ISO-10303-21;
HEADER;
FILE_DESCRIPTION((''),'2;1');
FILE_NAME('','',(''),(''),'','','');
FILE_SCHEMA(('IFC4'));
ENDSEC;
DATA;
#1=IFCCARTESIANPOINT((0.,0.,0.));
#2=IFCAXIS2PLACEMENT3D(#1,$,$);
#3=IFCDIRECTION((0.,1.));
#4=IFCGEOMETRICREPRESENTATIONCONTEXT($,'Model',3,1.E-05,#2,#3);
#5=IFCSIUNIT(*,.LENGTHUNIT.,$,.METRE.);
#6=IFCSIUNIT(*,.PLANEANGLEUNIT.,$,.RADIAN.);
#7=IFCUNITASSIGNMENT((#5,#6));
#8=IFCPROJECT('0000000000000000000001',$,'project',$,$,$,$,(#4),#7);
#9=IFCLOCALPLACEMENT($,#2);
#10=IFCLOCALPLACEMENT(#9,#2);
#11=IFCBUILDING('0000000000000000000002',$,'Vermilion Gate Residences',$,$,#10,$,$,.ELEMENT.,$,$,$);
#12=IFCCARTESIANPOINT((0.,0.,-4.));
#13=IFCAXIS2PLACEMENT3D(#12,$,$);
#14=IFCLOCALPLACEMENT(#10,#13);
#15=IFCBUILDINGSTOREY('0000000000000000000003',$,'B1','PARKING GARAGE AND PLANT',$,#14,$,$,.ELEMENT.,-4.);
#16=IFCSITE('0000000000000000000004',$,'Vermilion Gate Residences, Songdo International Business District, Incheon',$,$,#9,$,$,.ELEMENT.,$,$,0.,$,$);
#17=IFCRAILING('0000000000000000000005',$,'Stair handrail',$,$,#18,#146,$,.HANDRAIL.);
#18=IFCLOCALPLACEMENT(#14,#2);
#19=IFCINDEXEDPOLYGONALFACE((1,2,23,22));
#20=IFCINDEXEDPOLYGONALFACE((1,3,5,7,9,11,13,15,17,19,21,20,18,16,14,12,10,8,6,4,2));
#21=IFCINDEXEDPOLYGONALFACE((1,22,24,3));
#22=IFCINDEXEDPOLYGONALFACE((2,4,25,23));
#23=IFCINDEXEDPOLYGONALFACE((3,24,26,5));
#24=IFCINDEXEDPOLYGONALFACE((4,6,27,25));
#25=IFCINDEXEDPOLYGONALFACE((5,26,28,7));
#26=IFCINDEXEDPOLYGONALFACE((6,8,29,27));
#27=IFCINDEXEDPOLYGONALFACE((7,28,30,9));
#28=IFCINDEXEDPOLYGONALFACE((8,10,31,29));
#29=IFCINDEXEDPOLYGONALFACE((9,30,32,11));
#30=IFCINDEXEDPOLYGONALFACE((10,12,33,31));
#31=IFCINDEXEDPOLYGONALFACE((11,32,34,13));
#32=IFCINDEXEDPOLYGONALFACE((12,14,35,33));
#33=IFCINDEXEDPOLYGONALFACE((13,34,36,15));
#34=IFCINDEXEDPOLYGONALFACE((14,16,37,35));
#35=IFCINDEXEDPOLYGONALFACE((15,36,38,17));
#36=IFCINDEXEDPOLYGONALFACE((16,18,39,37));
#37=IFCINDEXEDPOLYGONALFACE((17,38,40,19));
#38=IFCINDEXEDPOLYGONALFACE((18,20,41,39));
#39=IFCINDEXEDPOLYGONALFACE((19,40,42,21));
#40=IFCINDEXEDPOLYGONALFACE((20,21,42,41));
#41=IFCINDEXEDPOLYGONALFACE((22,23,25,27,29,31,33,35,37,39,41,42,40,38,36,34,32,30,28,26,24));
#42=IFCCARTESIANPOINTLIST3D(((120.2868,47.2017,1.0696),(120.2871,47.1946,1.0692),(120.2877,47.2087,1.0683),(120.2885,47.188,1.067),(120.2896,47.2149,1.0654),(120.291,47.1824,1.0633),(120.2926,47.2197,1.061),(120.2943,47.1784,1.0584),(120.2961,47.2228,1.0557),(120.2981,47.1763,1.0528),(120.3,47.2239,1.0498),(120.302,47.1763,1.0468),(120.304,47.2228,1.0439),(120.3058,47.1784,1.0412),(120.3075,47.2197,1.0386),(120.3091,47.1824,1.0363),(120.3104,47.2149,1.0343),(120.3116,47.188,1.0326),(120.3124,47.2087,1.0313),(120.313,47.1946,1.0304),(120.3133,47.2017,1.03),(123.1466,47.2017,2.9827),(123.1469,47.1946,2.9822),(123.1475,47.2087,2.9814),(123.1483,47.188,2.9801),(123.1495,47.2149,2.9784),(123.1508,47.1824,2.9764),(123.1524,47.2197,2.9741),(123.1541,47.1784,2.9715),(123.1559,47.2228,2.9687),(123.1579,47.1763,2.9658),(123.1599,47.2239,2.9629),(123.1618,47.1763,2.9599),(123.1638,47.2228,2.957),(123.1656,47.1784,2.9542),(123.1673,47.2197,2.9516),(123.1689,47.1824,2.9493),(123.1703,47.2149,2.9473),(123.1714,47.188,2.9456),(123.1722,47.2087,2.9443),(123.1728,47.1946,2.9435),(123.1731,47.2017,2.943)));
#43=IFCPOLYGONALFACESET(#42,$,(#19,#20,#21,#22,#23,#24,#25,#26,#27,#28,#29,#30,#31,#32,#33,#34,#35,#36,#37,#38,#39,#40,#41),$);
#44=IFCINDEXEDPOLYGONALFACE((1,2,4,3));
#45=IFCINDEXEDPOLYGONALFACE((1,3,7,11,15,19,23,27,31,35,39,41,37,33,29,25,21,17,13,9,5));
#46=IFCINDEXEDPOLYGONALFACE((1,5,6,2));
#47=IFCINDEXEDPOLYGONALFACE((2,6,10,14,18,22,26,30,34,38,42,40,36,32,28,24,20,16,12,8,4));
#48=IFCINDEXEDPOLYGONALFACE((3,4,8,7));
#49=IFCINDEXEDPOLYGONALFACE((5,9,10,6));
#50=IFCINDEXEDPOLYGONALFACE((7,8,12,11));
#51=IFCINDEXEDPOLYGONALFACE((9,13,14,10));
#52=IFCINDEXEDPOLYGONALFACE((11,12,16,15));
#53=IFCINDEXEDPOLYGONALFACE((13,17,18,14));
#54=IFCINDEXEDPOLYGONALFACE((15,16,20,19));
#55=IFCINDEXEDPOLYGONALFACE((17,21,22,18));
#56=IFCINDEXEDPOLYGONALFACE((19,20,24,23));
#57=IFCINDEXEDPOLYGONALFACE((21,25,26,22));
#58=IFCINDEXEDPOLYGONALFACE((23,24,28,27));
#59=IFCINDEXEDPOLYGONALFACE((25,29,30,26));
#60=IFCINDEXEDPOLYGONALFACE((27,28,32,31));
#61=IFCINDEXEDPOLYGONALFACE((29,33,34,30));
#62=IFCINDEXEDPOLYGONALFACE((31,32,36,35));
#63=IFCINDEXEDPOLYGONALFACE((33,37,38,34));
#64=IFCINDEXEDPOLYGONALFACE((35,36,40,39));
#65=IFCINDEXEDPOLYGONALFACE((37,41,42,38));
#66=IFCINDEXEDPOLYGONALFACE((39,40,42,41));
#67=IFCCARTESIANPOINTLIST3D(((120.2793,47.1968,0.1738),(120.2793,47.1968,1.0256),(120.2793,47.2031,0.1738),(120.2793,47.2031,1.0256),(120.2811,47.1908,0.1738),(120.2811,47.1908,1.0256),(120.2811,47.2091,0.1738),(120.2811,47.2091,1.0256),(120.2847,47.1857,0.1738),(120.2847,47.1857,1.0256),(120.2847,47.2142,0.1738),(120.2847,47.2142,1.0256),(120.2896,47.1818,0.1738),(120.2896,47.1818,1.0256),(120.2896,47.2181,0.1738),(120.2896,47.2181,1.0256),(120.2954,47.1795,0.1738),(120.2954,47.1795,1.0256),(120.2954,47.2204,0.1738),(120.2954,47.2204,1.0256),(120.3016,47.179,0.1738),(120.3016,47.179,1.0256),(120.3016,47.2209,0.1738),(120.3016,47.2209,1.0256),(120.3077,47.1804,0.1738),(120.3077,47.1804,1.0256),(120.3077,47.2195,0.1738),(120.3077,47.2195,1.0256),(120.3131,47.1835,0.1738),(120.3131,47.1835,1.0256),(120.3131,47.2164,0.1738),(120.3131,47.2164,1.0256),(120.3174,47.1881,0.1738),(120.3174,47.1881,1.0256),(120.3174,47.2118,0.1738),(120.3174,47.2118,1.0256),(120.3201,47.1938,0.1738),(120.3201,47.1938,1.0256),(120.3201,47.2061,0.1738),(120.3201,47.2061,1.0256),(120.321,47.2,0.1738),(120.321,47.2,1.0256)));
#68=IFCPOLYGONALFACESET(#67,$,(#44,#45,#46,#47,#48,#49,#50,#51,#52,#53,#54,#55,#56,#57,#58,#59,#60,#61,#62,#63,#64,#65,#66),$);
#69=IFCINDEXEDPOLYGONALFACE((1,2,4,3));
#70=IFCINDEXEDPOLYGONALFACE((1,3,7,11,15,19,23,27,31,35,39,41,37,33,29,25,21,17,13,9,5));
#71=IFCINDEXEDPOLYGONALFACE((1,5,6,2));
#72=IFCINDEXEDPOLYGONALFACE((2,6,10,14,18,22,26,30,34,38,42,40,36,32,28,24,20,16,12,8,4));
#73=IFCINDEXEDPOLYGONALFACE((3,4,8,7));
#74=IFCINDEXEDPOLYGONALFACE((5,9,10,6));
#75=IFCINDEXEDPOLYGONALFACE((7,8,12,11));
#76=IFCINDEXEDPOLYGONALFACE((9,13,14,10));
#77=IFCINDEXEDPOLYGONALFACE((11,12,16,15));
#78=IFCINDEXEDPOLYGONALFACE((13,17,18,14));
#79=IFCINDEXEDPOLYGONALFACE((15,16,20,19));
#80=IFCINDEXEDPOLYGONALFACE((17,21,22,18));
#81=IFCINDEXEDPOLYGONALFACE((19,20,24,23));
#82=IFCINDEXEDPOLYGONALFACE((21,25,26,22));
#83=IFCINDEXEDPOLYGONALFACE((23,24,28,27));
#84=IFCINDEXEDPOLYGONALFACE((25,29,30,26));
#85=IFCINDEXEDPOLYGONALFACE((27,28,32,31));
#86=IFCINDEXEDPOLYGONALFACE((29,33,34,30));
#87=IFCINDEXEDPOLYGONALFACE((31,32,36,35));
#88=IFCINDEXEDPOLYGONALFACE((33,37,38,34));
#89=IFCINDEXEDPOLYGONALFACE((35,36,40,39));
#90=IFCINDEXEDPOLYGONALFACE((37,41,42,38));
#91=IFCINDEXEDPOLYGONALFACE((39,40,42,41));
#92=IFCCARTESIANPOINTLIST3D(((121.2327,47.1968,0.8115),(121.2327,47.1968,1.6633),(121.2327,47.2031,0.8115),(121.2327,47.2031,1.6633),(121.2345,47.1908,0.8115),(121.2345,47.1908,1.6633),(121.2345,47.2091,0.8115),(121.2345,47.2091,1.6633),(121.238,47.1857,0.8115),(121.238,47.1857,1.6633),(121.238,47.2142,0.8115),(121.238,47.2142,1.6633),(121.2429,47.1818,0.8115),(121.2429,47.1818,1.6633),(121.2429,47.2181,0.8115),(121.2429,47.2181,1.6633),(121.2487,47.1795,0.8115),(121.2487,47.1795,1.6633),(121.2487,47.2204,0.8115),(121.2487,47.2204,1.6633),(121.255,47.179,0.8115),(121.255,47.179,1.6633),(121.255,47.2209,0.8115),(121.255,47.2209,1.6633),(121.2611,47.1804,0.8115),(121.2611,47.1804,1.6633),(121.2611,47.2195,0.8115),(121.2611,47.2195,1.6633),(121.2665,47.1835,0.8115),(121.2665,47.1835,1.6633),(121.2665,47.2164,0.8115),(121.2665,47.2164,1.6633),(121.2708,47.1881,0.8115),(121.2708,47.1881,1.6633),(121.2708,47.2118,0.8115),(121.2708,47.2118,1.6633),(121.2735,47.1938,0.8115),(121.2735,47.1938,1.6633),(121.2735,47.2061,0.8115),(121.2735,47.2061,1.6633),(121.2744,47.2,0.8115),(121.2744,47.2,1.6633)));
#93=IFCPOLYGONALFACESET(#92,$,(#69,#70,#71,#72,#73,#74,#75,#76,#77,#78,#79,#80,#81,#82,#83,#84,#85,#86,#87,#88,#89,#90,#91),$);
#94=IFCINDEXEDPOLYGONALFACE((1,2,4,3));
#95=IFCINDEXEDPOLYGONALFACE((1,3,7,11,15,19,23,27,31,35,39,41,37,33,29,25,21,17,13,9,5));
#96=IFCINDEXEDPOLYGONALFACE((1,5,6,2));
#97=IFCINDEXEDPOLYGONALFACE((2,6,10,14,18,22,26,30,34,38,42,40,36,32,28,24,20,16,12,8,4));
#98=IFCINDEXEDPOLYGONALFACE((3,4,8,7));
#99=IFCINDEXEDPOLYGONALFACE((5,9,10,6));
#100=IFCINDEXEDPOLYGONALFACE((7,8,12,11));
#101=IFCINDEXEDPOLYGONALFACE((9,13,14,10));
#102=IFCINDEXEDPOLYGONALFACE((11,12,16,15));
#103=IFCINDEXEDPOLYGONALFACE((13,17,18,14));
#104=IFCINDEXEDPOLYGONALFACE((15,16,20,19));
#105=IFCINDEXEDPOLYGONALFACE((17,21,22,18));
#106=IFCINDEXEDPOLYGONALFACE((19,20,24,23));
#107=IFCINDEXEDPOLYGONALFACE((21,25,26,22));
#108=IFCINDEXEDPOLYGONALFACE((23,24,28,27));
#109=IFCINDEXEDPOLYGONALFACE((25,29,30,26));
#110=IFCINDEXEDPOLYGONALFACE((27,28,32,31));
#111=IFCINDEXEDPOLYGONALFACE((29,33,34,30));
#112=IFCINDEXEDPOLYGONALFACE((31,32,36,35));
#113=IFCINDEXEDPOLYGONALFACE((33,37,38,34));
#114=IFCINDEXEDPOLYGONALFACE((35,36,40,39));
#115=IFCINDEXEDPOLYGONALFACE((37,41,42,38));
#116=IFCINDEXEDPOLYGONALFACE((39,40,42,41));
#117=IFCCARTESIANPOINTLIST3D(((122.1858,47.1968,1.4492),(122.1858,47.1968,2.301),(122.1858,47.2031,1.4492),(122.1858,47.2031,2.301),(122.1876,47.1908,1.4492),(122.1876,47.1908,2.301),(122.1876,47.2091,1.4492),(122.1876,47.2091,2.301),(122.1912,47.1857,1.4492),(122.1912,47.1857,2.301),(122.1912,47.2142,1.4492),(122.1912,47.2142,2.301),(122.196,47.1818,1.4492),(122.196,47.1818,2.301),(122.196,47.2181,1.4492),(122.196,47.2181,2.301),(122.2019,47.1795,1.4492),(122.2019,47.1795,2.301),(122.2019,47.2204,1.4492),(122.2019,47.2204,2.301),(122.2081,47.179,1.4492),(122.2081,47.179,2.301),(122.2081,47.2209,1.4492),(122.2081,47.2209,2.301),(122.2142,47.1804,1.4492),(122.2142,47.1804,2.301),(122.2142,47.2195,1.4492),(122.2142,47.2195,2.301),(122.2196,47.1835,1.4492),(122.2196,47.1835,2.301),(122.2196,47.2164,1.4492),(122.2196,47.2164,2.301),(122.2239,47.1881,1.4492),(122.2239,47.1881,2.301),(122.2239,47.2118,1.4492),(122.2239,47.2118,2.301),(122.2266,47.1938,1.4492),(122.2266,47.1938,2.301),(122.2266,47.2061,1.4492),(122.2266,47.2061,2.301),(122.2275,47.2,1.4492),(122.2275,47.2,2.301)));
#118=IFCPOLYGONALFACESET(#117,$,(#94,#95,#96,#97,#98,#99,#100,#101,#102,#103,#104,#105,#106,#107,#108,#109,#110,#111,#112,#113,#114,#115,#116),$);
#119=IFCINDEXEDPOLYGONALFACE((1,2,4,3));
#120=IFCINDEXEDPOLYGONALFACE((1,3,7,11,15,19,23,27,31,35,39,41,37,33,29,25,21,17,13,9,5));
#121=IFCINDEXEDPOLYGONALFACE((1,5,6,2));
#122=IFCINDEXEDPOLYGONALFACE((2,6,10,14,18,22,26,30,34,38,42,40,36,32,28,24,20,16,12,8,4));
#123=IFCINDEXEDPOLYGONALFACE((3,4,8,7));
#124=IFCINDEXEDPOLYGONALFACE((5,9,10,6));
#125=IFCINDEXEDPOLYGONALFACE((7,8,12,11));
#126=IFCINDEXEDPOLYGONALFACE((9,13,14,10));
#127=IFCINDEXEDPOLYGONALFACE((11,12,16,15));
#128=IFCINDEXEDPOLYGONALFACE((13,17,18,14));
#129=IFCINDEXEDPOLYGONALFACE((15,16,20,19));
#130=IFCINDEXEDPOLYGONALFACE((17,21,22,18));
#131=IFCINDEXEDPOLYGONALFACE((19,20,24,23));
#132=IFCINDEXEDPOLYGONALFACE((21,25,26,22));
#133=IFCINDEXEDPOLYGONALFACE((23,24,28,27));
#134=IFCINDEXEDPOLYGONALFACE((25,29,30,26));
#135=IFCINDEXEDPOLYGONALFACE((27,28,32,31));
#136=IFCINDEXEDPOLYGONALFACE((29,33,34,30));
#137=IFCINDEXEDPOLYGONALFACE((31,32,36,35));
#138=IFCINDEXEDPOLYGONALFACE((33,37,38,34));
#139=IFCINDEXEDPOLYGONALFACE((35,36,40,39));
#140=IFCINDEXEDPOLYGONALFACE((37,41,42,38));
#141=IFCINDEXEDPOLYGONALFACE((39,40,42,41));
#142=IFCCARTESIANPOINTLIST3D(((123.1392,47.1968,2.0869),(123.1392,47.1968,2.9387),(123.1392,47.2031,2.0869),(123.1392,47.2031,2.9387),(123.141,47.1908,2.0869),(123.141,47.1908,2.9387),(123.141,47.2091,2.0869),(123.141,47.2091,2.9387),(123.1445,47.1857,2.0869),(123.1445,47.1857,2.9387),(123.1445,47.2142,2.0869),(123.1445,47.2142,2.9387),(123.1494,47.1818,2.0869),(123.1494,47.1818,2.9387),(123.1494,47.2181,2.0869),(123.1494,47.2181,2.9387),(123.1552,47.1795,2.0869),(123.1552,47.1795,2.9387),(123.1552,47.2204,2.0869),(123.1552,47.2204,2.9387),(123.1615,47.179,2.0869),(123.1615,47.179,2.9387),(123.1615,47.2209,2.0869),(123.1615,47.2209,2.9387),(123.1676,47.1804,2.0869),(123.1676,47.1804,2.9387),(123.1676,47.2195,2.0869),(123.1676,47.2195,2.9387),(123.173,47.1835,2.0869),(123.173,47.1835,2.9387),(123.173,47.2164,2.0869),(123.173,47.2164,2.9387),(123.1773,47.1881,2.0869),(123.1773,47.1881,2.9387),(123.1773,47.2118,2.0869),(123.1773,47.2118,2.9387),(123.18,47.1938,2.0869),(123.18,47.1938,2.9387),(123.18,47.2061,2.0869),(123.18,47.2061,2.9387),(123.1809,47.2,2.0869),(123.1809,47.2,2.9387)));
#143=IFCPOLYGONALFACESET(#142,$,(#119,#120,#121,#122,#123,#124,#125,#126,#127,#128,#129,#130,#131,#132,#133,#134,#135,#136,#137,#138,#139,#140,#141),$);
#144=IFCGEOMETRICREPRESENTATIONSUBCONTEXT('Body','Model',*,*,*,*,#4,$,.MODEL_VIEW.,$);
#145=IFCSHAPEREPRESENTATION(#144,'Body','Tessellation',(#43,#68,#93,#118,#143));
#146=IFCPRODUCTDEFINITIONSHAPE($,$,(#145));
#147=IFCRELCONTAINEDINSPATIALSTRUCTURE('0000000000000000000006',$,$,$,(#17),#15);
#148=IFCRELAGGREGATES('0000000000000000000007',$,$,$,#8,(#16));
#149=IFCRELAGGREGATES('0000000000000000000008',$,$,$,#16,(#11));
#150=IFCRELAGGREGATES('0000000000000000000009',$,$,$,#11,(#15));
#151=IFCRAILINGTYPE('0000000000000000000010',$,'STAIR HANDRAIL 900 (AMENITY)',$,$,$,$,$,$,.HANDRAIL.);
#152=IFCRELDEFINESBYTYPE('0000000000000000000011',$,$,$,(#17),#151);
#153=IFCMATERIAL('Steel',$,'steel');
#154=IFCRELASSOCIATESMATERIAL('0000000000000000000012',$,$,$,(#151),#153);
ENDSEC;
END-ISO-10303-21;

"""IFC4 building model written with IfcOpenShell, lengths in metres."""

from ifc_helpers import new_model, si_unit, direction, frame, origin, origin_2d, place, context, subcontext, project, spatial, circle, extrude, material, type_object, element, save


model = new_model("IFC4")

# Units and contexts
model_context = context("Model", 3, precision=1e-05, world=origin(), true_north=direction((0.0, 1.0)))
body_context = subcontext(model_context, "Body", "Model", "MODEL_VIEW")
ifc_project = project(units=[si_unit("LENGTHUNIT", "METRE"), si_unit("PLANEANGLEUNIT", "RADIAN")], contexts=[model_context])

# Site, building, storey
site_placement = place(None, origin())
site = spatial("IfcSite", under=ifc_project, at=site_placement, Name="Vermilion Gate Residences, Songdo International Business District, Incheon", CompositionType="ELEMENT", RefElevation=0.0)
building_placement = place(site_placement, origin())
building = spatial("IfcBuilding", under=site, at=building_placement, Name="Vermilion Gate Residences", CompositionType="ELEMENT")
storey_placement = place(building_placement, frame((0.0, 0.0, -4.0)))
storey = spatial("IfcBuildingStorey", under=building, at=storey_placement, Name="B1", Description="PARKING GARAGE AND PLANT", CompositionType="ELEMENT", Elevation=-4.0)

# Railing
ifc_material_1 = material(Name="Steel", Category="steel")
railing_type = type_object("IfcRailingType", Name="STAIR HANDRAIL 900 (AMENITY)", PredefinedType="HANDRAIL", material=ifc_material_1)
railing_1_placement = place(storey_placement, frame((120.3, 47.2, 0.1738)))
element("IfcRailing", 1, at=railing_1_placement, inside=storey, type_object=railing_type, Name="Stair handrail", PredefinedType="HANDRAIL", context=body_context, shape_type="SweptSolid", body=[
    extrude(circle(Radius=0.0239, at=origin_2d()), frame((0.0, 0.0, 0.876), z_axis=(0.831176, 0.0, 0.556009), x_axis=(0.0, 1.0, 0.0)), (0.0, 0.0, 1.0), 3.4407),
    extrude(circle(Radius=0.021, at=origin_2d()), origin(), (0.0, 0.0, 1.0), 0.8518),
    extrude(circle(Radius=0.021, at=origin_2d()), frame((0.9534, 0.0, 0.6377)), (0.0, 0.0, 1.0), 0.8518),
    extrude(circle(Radius=0.021, at=origin_2d()), frame((1.9065, 0.0, 1.2754)), (0.0, 0.0, 1.0), 0.8518),
    extrude(circle(Radius=0.021, at=origin_2d()), frame((2.8599, 0.0, 1.9131)), (0.0, 0.0, 1.0), 0.8518),
])

save(model, "model.ifc")
